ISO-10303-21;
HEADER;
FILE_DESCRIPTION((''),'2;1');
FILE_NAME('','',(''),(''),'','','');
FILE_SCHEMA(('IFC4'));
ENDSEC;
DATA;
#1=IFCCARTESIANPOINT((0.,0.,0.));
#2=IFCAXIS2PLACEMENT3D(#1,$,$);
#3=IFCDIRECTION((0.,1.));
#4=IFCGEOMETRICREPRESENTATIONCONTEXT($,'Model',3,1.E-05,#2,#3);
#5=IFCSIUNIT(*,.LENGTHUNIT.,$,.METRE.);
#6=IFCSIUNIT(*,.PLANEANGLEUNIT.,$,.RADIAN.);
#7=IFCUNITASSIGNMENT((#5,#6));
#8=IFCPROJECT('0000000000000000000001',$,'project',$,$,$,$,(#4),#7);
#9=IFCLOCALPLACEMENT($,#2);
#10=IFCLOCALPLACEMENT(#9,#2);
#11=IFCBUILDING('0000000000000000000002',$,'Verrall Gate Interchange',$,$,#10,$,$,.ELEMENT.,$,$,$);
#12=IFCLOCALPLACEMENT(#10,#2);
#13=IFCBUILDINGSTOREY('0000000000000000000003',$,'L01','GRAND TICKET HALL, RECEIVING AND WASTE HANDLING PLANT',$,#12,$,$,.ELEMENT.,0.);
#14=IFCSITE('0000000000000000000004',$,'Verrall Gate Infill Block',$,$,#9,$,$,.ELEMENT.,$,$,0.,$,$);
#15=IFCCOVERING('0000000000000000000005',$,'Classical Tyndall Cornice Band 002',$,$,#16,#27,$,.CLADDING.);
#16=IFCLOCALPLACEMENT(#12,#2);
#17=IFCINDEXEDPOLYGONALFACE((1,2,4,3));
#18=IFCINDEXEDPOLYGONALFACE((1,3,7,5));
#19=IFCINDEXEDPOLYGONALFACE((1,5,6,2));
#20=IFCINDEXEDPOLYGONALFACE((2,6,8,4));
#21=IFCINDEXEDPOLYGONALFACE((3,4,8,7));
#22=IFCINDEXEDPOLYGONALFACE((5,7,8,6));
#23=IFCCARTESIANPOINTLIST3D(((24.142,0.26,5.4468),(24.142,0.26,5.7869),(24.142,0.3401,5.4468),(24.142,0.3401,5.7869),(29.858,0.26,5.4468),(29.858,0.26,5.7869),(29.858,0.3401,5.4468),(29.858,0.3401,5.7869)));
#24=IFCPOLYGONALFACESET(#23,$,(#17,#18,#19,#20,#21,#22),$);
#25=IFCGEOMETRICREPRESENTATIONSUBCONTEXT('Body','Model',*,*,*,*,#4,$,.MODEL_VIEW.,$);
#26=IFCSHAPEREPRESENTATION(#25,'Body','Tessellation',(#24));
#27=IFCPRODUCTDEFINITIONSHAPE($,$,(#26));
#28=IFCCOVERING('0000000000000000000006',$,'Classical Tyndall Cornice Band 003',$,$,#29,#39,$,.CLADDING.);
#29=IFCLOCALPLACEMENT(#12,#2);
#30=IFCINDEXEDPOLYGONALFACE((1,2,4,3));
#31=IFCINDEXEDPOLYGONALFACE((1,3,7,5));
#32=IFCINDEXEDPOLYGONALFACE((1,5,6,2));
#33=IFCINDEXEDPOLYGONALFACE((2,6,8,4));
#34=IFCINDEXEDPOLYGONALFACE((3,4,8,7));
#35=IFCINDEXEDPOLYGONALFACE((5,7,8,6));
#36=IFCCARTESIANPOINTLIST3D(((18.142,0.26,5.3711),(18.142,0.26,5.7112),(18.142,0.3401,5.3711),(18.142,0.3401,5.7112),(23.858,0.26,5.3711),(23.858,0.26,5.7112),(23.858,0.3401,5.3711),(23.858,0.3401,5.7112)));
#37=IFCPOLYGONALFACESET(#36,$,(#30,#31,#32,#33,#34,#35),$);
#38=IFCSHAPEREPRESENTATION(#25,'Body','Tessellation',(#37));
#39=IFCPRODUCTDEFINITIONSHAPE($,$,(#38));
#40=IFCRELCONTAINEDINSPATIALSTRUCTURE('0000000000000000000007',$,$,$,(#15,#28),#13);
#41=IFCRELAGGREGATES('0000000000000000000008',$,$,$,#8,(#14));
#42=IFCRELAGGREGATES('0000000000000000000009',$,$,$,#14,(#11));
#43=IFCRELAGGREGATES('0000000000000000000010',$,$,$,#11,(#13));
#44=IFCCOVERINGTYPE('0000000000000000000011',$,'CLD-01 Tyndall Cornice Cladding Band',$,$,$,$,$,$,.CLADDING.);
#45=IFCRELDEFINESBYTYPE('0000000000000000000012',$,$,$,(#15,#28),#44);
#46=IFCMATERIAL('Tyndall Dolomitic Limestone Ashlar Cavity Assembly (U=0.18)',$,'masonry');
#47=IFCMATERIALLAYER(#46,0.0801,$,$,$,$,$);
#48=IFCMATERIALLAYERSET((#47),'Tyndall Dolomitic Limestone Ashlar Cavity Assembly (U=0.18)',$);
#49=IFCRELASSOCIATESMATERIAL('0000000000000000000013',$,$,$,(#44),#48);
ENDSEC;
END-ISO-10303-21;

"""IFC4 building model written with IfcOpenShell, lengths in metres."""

from ifc_helpers import new_model, si_unit, direction, frame, origin, origin_2d, place, context, subcontext, project, spatial, rectangle, extrude, material, layer, layer_set, type_object, element, save


model = new_model("IFC4")

# Units and contexts
model_context = context("Model", 3, precision=1e-05, world=origin(), true_north=direction((0.0, 1.0)))
body_context = subcontext(model_context, "Body", "Model", "MODEL_VIEW")
ifc_project = project(units=[si_unit("LENGTHUNIT", "METRE"), si_unit("PLANEANGLEUNIT", "RADIAN")], contexts=[model_context])

# Site, building, storey
site_placement = place(None, origin())
site = spatial("IfcSite", under=ifc_project, at=site_placement, Name="Verrall Gate Infill Block", CompositionType="ELEMENT", RefElevation=0.0)
building_placement = place(site_placement, origin())
building = spatial("IfcBuilding", under=site, at=building_placement, Name="Verrall Gate Interchange", CompositionType="ELEMENT")
storey_placement = place(building_placement, origin())
storey = spatial("IfcBuildingStorey", under=building, at=storey_placement, Name="L01", Description="GRAND TICKET HALL, RECEIVING AND WASTE HANDLING PLANT", CompositionType="ELEMENT", Elevation=0.0)

# Coverings
ifc_material_1 = material(Name="Tyndall Dolomitic Limestone Ashlar Cavity Assembly (U=0.18)", Category="masonry")
ifc_layer_1 = layer(ifc_material_1, 0.0801)
ifc_layer_set_1 = layer_set([ifc_layer_1], Name="Tyndall Dolomitic Limestone Ashlar Cavity Assembly (U=0.18)")
covering_type = type_object("IfcCoveringType", Name="CLD-01 Tyndall Cornice Cladding Band", PredefinedType="CLADDING", material=ifc_layer_set_1)
for number, where, z_axis, x_axis, name in (
    (1, (27.0, 0.3, 5.4468), (0.0, 0.0, 1.0), (-1.0, 0.0, 0.0), "Classical Tyndall Cornice Band 002"),
    (2, (21.0, 0.3, 5.3711), (0.0, 0.0, 1.0), (-1.0, 0.0, 0.0), "Classical Tyndall Cornice Band 003"),
):
    element("IfcCovering", number, at=place(storey_placement, frame(where, z_axis=z_axis, x_axis=x_axis)), inside=storey, type_object=covering_type, Name=name, PredefinedType="CLADDING", context=body_context, shape_type="SweptSolid", body=[
        extrude(rectangle(XDim=5.7161, YDim=0.0801, at=origin_2d()), origin(), (0.0, 0.0, 1.0), 0.3401),
    ])

save(model, "model.ifc")
